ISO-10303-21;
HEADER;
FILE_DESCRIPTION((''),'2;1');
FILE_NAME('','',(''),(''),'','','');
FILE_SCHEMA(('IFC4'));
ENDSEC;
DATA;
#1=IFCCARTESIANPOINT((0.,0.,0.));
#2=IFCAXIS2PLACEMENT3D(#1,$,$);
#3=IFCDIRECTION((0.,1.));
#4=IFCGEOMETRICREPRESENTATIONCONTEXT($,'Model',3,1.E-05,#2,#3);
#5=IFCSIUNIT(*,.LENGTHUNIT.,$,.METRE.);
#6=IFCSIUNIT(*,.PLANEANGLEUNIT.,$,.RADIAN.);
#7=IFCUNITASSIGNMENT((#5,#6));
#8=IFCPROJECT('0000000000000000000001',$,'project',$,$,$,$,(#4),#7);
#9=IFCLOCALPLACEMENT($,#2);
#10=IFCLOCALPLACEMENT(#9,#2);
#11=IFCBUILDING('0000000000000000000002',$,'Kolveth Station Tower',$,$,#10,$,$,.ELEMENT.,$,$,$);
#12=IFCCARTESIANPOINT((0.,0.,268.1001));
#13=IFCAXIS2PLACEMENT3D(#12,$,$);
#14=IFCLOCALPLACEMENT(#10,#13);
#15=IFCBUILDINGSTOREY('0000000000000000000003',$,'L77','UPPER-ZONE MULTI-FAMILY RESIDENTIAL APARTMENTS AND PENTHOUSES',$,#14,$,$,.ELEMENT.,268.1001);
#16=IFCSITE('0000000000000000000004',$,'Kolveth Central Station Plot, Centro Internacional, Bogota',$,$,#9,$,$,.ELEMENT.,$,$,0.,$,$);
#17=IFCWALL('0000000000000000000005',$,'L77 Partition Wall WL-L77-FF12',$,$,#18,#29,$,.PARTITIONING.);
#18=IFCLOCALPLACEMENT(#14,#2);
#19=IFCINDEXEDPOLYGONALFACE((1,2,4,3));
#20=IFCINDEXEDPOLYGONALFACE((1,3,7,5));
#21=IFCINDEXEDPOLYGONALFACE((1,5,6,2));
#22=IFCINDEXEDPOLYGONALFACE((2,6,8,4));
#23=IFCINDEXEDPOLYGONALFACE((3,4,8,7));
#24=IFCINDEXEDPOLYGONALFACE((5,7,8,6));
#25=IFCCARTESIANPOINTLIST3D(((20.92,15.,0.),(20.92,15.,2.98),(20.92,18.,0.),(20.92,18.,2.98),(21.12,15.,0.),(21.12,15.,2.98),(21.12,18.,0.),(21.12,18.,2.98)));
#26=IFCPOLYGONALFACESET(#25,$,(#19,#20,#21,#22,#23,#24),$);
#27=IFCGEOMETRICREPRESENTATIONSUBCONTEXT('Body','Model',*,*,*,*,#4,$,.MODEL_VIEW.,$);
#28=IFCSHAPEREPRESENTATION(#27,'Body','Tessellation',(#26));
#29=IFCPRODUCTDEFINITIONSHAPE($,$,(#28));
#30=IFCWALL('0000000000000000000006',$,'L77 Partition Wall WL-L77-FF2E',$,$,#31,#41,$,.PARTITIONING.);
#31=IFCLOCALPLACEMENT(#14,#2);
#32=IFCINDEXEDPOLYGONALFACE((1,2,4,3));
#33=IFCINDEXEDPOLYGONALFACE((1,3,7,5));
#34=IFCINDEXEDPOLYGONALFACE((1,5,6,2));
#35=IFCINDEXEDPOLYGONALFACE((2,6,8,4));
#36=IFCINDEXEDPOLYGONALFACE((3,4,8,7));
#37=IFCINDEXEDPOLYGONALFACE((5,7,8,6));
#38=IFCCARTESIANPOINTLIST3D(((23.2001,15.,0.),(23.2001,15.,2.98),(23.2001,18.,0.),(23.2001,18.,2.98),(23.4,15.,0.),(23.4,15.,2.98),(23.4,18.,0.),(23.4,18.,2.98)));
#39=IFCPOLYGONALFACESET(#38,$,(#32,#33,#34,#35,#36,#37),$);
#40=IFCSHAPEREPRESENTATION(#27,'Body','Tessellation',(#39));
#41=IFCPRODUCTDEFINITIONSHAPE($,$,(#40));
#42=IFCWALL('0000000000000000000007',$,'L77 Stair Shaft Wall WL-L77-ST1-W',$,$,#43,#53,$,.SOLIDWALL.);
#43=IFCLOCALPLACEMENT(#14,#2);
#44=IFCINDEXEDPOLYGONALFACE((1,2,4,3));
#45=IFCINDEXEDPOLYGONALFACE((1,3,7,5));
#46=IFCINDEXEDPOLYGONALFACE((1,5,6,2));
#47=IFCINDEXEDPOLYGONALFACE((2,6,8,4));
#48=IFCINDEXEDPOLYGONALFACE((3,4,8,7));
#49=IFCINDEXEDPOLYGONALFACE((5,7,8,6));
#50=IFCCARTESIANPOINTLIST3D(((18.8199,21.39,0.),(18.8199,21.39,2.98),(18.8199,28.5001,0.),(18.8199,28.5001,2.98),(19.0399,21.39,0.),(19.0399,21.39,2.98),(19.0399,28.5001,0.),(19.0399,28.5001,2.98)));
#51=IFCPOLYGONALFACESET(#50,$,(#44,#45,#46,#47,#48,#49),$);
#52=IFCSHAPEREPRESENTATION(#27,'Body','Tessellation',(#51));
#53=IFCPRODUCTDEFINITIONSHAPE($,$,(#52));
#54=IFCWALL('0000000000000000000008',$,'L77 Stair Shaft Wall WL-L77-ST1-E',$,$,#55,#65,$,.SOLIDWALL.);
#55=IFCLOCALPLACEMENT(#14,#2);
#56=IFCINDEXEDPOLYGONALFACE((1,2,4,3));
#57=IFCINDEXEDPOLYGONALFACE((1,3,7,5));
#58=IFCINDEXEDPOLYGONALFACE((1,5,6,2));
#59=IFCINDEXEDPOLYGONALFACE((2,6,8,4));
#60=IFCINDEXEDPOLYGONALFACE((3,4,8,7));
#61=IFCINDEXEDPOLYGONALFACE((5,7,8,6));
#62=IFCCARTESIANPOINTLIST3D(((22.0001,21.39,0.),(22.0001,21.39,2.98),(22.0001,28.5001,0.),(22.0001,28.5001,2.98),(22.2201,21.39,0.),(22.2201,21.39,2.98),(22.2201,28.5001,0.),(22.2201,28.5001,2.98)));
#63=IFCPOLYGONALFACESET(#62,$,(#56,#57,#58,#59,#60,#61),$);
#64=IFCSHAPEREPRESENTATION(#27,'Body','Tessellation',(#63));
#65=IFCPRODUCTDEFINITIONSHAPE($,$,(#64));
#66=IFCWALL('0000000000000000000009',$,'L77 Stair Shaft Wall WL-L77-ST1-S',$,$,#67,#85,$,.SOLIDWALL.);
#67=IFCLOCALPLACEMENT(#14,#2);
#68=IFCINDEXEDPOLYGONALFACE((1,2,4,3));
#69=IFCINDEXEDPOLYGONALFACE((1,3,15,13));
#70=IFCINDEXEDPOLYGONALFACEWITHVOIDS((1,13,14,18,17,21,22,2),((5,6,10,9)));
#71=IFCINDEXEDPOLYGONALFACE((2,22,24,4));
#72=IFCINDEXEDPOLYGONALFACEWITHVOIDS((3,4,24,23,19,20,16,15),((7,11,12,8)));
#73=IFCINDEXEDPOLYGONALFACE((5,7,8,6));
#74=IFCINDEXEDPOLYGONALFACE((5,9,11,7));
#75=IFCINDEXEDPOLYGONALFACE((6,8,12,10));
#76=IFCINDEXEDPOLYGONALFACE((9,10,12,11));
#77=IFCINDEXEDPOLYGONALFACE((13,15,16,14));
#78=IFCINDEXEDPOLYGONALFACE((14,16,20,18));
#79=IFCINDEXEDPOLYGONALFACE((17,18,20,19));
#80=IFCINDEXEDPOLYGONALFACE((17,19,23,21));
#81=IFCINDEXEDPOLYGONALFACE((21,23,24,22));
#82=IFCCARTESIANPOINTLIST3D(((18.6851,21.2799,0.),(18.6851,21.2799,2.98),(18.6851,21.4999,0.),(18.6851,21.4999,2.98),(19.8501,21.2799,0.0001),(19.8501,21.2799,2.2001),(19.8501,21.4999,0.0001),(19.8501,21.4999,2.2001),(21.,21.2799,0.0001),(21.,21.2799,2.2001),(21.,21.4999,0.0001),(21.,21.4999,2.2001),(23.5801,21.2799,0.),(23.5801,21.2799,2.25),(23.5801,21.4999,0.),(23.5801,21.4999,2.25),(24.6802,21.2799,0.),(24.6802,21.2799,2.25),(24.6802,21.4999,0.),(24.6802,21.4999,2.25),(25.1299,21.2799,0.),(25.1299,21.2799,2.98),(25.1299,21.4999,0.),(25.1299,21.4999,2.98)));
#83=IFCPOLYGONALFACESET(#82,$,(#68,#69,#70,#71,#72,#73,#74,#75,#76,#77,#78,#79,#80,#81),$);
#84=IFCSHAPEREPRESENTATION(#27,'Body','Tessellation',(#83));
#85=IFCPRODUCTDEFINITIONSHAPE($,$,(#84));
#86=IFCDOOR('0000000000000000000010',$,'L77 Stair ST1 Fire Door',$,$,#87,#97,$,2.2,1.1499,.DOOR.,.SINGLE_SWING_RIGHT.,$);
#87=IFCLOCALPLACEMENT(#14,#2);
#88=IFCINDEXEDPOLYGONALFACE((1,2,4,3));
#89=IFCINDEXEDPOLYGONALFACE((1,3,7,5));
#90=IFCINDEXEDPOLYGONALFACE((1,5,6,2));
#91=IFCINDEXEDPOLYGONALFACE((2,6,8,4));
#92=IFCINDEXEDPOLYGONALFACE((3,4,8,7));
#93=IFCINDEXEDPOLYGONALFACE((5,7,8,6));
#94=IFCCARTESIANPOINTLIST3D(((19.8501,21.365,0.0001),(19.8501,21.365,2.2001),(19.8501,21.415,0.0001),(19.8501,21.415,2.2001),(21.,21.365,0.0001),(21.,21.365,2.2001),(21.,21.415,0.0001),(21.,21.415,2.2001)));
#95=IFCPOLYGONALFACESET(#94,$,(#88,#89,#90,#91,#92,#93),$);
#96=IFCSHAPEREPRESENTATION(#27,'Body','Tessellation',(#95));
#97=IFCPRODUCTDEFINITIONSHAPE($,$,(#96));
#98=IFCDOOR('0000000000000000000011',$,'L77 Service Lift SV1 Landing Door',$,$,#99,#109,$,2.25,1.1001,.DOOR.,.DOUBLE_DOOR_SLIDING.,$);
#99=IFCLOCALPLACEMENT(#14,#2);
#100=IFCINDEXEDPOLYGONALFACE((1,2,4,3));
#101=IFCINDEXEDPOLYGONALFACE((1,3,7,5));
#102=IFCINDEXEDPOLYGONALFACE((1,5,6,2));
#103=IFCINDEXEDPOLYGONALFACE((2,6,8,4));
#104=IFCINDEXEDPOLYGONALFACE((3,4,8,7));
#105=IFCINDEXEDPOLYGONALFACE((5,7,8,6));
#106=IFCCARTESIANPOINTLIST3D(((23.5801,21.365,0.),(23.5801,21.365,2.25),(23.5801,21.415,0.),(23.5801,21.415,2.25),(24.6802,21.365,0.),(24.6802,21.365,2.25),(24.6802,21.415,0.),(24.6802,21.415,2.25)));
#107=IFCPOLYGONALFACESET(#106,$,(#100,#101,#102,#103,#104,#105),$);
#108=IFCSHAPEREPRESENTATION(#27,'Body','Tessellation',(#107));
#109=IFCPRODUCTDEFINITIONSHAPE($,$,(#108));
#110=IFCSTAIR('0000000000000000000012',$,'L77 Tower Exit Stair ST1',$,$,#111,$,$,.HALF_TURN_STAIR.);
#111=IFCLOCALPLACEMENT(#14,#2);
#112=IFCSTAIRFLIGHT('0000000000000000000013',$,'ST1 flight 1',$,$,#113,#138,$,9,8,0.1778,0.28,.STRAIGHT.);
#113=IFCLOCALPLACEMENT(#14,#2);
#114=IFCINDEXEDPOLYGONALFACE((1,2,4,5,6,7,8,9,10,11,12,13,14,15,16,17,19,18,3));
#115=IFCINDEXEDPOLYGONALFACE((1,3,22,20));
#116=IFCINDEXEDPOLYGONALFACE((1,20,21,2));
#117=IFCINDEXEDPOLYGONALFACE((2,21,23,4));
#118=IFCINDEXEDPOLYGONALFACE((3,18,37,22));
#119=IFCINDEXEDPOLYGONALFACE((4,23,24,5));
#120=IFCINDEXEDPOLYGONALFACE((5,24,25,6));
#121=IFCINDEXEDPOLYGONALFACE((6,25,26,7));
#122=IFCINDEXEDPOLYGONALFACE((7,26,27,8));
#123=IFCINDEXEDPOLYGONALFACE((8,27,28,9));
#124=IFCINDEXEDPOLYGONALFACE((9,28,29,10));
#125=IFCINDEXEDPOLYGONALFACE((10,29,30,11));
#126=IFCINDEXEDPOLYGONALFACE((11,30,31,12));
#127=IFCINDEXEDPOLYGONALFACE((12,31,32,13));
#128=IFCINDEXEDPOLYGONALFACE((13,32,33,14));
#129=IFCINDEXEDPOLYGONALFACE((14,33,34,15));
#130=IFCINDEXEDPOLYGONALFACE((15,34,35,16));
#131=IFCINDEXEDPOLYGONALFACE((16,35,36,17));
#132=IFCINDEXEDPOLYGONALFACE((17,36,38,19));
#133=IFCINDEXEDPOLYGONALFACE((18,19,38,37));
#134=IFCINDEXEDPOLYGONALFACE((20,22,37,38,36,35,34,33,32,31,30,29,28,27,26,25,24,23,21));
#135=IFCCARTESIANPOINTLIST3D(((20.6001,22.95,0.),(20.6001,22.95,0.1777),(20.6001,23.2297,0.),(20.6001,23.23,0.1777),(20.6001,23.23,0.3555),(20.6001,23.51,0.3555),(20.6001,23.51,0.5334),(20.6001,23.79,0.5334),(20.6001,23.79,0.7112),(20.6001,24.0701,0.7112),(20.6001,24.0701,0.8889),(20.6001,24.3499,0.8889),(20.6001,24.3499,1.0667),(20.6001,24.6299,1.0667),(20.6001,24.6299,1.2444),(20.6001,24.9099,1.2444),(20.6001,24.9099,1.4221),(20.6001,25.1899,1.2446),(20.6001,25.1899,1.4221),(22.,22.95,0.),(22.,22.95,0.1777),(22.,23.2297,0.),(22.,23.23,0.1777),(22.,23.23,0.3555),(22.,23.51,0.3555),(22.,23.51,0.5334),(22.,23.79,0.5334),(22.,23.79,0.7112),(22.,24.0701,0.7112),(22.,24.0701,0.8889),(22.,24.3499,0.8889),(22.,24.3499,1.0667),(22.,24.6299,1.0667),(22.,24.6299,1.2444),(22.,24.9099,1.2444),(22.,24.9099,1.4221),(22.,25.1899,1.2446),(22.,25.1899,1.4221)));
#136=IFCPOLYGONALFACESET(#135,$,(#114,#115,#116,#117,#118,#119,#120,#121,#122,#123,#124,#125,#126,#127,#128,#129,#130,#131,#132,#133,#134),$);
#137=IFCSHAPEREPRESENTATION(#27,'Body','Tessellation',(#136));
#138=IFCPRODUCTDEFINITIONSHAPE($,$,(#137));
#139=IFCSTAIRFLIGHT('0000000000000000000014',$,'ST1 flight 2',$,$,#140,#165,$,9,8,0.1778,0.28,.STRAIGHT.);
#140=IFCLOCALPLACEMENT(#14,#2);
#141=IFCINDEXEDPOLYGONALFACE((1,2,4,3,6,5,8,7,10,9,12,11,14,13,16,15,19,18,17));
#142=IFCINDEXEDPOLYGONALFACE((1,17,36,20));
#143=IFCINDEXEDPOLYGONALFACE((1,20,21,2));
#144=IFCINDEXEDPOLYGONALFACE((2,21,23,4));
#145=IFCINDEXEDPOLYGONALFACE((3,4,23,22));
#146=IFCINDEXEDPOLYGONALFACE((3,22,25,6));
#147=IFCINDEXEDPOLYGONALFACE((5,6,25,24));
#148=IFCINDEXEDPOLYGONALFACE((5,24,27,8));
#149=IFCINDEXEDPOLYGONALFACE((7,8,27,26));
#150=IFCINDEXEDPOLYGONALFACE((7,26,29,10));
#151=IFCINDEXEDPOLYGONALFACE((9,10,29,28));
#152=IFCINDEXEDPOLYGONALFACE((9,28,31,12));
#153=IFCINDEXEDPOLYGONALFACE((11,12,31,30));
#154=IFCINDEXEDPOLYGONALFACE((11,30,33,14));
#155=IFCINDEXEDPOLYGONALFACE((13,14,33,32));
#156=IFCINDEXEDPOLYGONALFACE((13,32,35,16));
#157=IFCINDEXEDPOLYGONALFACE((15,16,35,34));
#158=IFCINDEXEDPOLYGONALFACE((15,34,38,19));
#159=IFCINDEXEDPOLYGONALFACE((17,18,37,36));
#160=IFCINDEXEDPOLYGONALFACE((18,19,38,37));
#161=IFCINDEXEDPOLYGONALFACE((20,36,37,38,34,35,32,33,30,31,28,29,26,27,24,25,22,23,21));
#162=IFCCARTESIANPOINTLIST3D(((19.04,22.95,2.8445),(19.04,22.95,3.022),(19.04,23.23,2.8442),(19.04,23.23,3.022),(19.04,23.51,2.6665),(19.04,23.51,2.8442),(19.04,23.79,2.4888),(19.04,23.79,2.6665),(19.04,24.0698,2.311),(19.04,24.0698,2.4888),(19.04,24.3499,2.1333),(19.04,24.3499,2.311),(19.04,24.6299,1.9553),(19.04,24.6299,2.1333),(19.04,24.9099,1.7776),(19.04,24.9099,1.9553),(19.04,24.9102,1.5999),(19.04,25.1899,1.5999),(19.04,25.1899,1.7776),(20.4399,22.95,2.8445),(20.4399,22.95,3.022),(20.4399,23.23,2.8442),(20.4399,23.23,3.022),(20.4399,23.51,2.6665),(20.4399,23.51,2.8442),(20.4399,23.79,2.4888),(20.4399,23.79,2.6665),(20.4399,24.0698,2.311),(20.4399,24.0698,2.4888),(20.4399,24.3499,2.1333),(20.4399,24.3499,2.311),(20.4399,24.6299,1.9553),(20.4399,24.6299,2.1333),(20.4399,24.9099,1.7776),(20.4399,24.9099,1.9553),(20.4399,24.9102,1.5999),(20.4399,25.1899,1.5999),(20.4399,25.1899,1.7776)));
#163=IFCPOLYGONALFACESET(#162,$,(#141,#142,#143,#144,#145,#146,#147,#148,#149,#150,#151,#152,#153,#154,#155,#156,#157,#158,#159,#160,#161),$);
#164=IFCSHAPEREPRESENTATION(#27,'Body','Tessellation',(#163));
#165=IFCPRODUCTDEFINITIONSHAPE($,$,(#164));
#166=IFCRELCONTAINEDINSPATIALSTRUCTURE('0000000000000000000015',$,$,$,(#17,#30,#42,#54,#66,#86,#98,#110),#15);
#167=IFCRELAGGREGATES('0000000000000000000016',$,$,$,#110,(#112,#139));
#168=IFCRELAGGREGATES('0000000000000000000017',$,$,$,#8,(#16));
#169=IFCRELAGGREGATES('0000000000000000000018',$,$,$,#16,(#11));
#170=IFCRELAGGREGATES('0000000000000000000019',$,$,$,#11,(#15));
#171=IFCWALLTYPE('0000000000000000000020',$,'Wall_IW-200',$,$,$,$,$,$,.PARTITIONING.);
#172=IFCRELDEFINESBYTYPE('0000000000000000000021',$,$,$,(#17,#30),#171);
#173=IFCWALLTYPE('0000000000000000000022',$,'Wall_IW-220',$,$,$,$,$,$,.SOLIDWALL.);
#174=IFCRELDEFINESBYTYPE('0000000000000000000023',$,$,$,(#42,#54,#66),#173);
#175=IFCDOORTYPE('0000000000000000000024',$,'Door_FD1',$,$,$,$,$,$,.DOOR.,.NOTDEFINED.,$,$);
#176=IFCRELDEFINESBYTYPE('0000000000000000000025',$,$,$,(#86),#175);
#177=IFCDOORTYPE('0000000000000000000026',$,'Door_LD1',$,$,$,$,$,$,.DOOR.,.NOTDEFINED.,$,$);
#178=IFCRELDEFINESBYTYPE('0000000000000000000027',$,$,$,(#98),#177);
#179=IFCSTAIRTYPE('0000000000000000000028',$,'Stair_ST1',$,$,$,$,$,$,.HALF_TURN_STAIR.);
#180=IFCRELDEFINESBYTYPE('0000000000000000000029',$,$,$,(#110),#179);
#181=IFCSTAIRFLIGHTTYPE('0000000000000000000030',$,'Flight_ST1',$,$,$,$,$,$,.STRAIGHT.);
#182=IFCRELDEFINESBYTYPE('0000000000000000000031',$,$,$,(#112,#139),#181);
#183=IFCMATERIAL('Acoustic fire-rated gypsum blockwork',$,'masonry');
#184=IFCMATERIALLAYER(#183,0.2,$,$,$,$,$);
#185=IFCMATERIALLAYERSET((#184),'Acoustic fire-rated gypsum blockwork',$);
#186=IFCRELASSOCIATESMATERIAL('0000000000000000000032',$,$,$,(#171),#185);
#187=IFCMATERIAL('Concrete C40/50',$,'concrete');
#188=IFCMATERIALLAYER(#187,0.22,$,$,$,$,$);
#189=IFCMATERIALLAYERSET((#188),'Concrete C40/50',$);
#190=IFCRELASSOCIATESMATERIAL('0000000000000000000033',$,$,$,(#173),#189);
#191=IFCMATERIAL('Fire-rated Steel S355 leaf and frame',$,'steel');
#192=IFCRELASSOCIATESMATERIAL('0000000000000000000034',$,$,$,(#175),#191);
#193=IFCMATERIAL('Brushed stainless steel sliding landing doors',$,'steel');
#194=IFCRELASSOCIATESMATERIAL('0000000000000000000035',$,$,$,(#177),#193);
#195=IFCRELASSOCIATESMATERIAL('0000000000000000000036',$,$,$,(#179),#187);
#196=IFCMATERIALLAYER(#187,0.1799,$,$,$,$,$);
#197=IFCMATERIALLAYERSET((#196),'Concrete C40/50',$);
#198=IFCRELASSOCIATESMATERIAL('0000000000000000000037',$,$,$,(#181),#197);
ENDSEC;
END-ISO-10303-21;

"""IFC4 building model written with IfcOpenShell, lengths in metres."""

from ifc_helpers import new_model, si_unit, direction, frame, frame_2d, origin, place, context, subcontext, project, spatial, polyline, rectangle, outline, extrude, material, layer, layer_set, type_object, element, fill, aggregate, save


model = new_model("IFC4")

# Units and contexts
model_context = context("Model", 3, precision=1e-05, world=origin(), true_north=direction((0.0, 1.0)))
body_context = subcontext(model_context, "Body", "Model", "MODEL_VIEW")
ifc_project = project(units=[si_unit("LENGTHUNIT", "METRE"), si_unit("PLANEANGLEUNIT", "RADIAN")], contexts=[model_context])

# Site, building, storey
site_placement = place(None, origin())
site = spatial("IfcSite", under=ifc_project, at=site_placement, Name="Kolveth Central Station Plot, Centro Internacional, Bogota", CompositionType="ELEMENT", RefElevation=0.0)
building_placement = place(site_placement, origin())
building = spatial("IfcBuilding", under=site, at=building_placement, Name="Kolveth Station Tower", CompositionType="ELEMENT")
storey_placement = place(building_placement, frame((0.0, 0.0, 268.1001)))
storey = spatial("IfcBuildingStorey", under=building, at=storey_placement, Name="L77", Description="UPPER-ZONE MULTI-FAMILY RESIDENTIAL APARTMENTS AND PENTHOUSES", CompositionType="ELEMENT", Elevation=268.1001)

# Shared definitions
ifc_material_1 = material(Name="Acoustic fire-rated gypsum blockwork", Category="masonry")
ifc_layer_1 = layer(ifc_material_1, 0.2)
ifc_layer_set_1 = layer_set([ifc_layer_1], Name="Acoustic fire-rated gypsum blockwork")
wall_type_1 = type_object("IfcWallType", Name="Wall_IW-200", PredefinedType="PARTITIONING", material=ifc_layer_set_1)

# Walls
for number, where, z_axis, x_axis, name in (
    (1, (21.02, 15.0, 0.0), (0.0, 0.0, 1.0), (0.0, 1.0, 0.0), "L77 Partition Wall WL-L77-FF12"),
    (2, (23.3, 15.0, 0.0), (0.0, 0.0, 1.0), (0.0, 1.0, 0.0), "L77 Partition Wall WL-L77-FF2E"),
):
    element("IfcWall", number, at=place(storey_placement, frame(where, z_axis=z_axis, x_axis=x_axis)), inside=storey, type_object=wall_type_1, Name=name, PredefinedType="PARTITIONING", context=body_context, shape_type="SweptSolid", body=[
        extrude(rectangle(XDim=3.0, YDim=0.2, at=frame_2d((1.5, 0.0))), origin(), (0.0, 0.0, 1.0), 2.98),
    ])
ifc_material_2 = material(Name="Concrete C40/50", Category="concrete")
ifc_layer_2 = layer(ifc_material_2, 0.22)
ifc_layer_set_2 = layer_set([ifc_layer_2], Name="Concrete C40/50")
wall_type_2 = type_object("IfcWallType", Name="Wall_IW-220", PredefinedType="SOLIDWALL", material=ifc_layer_set_2)
for number, where, z_axis, x_axis, name in (
    (3, (18.9299, 21.3899, 0.0), (0.0, 0.0, 1.0), (0.0, 1.0, 0.0), "L77 Stair Shaft Wall WL-L77-ST1-W"),
    (4, (22.1101, 21.3899, 0.0), (0.0, 0.0, 1.0), (0.0, 1.0, 0.0), "L77 Stair Shaft Wall WL-L77-ST1-E"),
):
    element("IfcWall", number, at=place(storey_placement, frame(where, z_axis=z_axis, x_axis=x_axis)), inside=storey, type_object=wall_type_2, Name=name, PredefinedType="SOLIDWALL", context=body_context, shape_type="SweptSolid", body=[
        extrude(rectangle(XDim=7.1101, YDim=0.22, at=frame_2d((3.5552, 0.0))), origin(), (0.0, 0.0, 1.0), 2.98),
    ])

# Wall, openings, doors
wall_1_placement = place(storey_placement, frame((18.6851, 21.3899, 0.0), z_axis=(0.0, 0.0, 1.0), x_axis=(1.0, 0.0, 0.0)))
wall_1 = element("IfcWall", 5, at=wall_1_placement, inside=storey, type_object=wall_type_2, Name="L77 Stair Shaft Wall WL-L77-ST1-S", PredefinedType="SOLIDWALL", context=body_context, shape_type="SweptSolid", body=[
    extrude(rectangle(XDim=6.4448, YDim=0.22, at=frame_2d((3.2224, 0.0))), origin(), (0.0, 0.0, 1.0), 2.98),
])
opening_1_placement = place(wall_1_placement, frame((1.165, 0.0, 0.0)))
opening_1 = element("IfcOpeningElement", 6, at=opening_1_placement, cuts=wall_1, PredefinedType="OPENING", context=body_context, shape_type="SweptSolid", body=[
    extrude(rectangle(XDim=1.1499, YDim=2.2, at=frame_2d((0.575, 1.1001))), frame((0.0, 0.1199, 0.0), z_axis=(0.0, -1.0, 0.0), x_axis=(1.0, 0.0, 0.0)), (0.0, 0.0, 1.0), 0.24),
])
opening_2_placement = place(wall_1_placement, frame((4.895, 0.0, 0.0)))
opening_2 = element("IfcOpeningElement", 7, at=opening_2_placement, cuts=wall_1, PredefinedType="OPENING", context=body_context, shape_type="SweptSolid", body=[
    extrude(rectangle(XDim=1.1001, YDim=2.25, at=frame_2d((0.55, 1.125))), frame((0.0, 0.1199, 0.0), z_axis=(0.0, -1.0, 0.0), x_axis=(1.0, 0.0, 0.0)), (0.0, 0.0, 1.0), 0.24),
])
ifc_material_3 = material(Name="Fire-rated Steel S355 leaf and frame", Category="steel")
door_type_1 = type_object("IfcDoorType", Name="Door_FD1", OperationType="NOTDEFINED", PredefinedType="DOOR", material=ifc_material_3)
door_1_placement = place(opening_1_placement, frame((1.1499, 0.0, 0.0), z_axis=(0.0, 0.0, 1.0), x_axis=(-1.0, 0.0, 0.0)))
door_1 = element("IfcDoor", 8, at=door_1_placement, inside=storey, type_object=door_type_1, Name="L77 Stair ST1 Fire Door", OperationType="SINGLE_SWING_RIGHT", OverallHeight=2.2, OverallWidth=1.1499, PredefinedType="DOOR", context=body_context, shape_type="SweptSolid", body=[
    extrude(rectangle(XDim=1.1499, YDim=2.2, at=frame_2d((0.575, 1.1001))), frame((0.0, 0.0249, 0.0), z_axis=(0.0, -1.0, 0.0), x_axis=(1.0, 0.0, 0.0)), (0.0, 0.0, 1.0), 0.05),
])
fill(opening_1, door_1)
ifc_material_4 = material(Name="Brushed stainless steel sliding landing doors", Category="steel")
door_type_2 = type_object("IfcDoorType", Name="Door_LD1", OperationType="NOTDEFINED", PredefinedType="DOOR", material=ifc_material_4)
door_2_placement = place(opening_2_placement, frame((1.1001, 0.0, 0.0), z_axis=(0.0, 0.0, 1.0), x_axis=(-1.0, 0.0, 0.0)))
door_2 = element("IfcDoor", 9, at=door_2_placement, inside=storey, type_object=door_type_2, Name="L77 Service Lift SV1 Landing Door", OperationType="DOUBLE_DOOR_SLIDING", OverallHeight=2.25, OverallWidth=1.1001, PredefinedType="DOOR", context=body_context, shape_type="SweptSolid", body=[
    extrude(rectangle(XDim=1.1001, YDim=2.25, at=frame_2d((0.55, 1.125))), frame((0.0, 0.0249, 0.0), z_axis=(0.0, -1.0, 0.0), x_axis=(1.0, 0.0, 0.0)), (0.0, 0.0, 1.0), 0.05),
])
fill(opening_2, door_2)

# Stair, stair flights
stair_type = type_object("IfcStairType", Name="Stair_ST1", PredefinedType="HALF_TURN_STAIR", material=ifc_material_2)
stair_placement = place(storey_placement, origin())
stair = element("IfcStair", 10, at=stair_placement, inside=storey, type_object=stair_type, Name="L77 Tower Exit Stair ST1", PredefinedType="HALF_TURN_STAIR")
ifc_layer_3 = layer(ifc_material_2, 0.1799)
ifc_layer_set_3 = layer_set([ifc_layer_3], Name="Concrete C40/50")
stair_flight_type = type_object("IfcStairFlightType", Name="Flight_ST1", PredefinedType="STRAIGHT", material=ifc_layer_set_3)
stair_flight_1_placement = place(storey_placement, frame((21.3, 22.95, 0.0), z_axis=(0.0, 0.0, 1.0), x_axis=(0.0, 1.0, 0.0)))
stair_flight_1 = element("IfcStairFlight", 11, at=stair_flight_1_placement, type_object=stair_flight_type, Name="ST1 flight 1", NumberOfRisers=9, NumberOfTreads=8, PredefinedType="STRAIGHT", RiserHeight=0.1778, TreadLength=0.28, context=body_context, shape_type="SweptSolid", body=[
    extrude(outline(polyline([(0.0, 0.0), (0.0, 0.1777), (0.28, 0.1777), (0.28, 0.3555), (0.5601, 0.3555), (0.5601, 0.5334), (0.8401, 0.5334), (0.8401, 0.7112), (1.1201, 0.7112), (1.1201, 0.8889), (1.3999, 0.8889), (1.3999, 1.0667), (1.6799, 1.0667), (1.6799, 1.2444), (1.96, 1.2444), (1.96, 1.4221), (2.24, 1.4221), (2.24, 1.6001), (2.24, 1.2446), (0.2798, 0.0), (0.0, 0.0)])), frame((0.0, 0.7, 0.0), z_axis=(0.0, -1.0, 0.0), x_axis=(1.0, 0.0, 0.0)), (0.0, 0.0, 1.0), 1.3999),
])
stair_flight_2_placement = place(storey_placement, frame((19.74, 25.1899, 1.5999), z_axis=(0.0, 0.0, 1.0), x_axis=(0.0, -1.0, 0.0)))
stair_flight_2 = element("IfcStairFlight", 12, at=stair_flight_2_placement, type_object=stair_flight_type, Name="ST1 flight 2", NumberOfRisers=9, NumberOfTreads=8, PredefinedType="STRAIGHT", RiserHeight=0.1778, TreadLength=0.28, context=body_context, shape_type="SweptSolid", body=[
    extrude(outline(polyline([(0.0, 0.0), (0.0, 0.1777), (0.28, 0.1777), (0.28, 0.3555), (0.5601, 0.3555), (0.5601, 0.5334), (0.8401, 0.5334), (0.8401, 0.7112), (1.1201, 0.7112), (1.1201, 0.8889), (1.3999, 0.8889), (1.3999, 1.0667), (1.6799, 1.0667), (1.6799, 1.2444), (1.96, 1.2444), (1.96, 1.4221), (2.24, 1.4221), (2.24, 1.6001), (2.24, 1.2446), (0.2798, 0.0), (0.0, 0.0)])), frame((0.0, 0.7, 0.0), z_axis=(0.0, -1.0, 0.0), x_axis=(1.0, 0.0, 0.0)), (0.0, 0.0, 1.0), 1.3999),
])
aggregate(stair, [stair_flight_1, stair_flight_2])

save(model, "model.ifc")
